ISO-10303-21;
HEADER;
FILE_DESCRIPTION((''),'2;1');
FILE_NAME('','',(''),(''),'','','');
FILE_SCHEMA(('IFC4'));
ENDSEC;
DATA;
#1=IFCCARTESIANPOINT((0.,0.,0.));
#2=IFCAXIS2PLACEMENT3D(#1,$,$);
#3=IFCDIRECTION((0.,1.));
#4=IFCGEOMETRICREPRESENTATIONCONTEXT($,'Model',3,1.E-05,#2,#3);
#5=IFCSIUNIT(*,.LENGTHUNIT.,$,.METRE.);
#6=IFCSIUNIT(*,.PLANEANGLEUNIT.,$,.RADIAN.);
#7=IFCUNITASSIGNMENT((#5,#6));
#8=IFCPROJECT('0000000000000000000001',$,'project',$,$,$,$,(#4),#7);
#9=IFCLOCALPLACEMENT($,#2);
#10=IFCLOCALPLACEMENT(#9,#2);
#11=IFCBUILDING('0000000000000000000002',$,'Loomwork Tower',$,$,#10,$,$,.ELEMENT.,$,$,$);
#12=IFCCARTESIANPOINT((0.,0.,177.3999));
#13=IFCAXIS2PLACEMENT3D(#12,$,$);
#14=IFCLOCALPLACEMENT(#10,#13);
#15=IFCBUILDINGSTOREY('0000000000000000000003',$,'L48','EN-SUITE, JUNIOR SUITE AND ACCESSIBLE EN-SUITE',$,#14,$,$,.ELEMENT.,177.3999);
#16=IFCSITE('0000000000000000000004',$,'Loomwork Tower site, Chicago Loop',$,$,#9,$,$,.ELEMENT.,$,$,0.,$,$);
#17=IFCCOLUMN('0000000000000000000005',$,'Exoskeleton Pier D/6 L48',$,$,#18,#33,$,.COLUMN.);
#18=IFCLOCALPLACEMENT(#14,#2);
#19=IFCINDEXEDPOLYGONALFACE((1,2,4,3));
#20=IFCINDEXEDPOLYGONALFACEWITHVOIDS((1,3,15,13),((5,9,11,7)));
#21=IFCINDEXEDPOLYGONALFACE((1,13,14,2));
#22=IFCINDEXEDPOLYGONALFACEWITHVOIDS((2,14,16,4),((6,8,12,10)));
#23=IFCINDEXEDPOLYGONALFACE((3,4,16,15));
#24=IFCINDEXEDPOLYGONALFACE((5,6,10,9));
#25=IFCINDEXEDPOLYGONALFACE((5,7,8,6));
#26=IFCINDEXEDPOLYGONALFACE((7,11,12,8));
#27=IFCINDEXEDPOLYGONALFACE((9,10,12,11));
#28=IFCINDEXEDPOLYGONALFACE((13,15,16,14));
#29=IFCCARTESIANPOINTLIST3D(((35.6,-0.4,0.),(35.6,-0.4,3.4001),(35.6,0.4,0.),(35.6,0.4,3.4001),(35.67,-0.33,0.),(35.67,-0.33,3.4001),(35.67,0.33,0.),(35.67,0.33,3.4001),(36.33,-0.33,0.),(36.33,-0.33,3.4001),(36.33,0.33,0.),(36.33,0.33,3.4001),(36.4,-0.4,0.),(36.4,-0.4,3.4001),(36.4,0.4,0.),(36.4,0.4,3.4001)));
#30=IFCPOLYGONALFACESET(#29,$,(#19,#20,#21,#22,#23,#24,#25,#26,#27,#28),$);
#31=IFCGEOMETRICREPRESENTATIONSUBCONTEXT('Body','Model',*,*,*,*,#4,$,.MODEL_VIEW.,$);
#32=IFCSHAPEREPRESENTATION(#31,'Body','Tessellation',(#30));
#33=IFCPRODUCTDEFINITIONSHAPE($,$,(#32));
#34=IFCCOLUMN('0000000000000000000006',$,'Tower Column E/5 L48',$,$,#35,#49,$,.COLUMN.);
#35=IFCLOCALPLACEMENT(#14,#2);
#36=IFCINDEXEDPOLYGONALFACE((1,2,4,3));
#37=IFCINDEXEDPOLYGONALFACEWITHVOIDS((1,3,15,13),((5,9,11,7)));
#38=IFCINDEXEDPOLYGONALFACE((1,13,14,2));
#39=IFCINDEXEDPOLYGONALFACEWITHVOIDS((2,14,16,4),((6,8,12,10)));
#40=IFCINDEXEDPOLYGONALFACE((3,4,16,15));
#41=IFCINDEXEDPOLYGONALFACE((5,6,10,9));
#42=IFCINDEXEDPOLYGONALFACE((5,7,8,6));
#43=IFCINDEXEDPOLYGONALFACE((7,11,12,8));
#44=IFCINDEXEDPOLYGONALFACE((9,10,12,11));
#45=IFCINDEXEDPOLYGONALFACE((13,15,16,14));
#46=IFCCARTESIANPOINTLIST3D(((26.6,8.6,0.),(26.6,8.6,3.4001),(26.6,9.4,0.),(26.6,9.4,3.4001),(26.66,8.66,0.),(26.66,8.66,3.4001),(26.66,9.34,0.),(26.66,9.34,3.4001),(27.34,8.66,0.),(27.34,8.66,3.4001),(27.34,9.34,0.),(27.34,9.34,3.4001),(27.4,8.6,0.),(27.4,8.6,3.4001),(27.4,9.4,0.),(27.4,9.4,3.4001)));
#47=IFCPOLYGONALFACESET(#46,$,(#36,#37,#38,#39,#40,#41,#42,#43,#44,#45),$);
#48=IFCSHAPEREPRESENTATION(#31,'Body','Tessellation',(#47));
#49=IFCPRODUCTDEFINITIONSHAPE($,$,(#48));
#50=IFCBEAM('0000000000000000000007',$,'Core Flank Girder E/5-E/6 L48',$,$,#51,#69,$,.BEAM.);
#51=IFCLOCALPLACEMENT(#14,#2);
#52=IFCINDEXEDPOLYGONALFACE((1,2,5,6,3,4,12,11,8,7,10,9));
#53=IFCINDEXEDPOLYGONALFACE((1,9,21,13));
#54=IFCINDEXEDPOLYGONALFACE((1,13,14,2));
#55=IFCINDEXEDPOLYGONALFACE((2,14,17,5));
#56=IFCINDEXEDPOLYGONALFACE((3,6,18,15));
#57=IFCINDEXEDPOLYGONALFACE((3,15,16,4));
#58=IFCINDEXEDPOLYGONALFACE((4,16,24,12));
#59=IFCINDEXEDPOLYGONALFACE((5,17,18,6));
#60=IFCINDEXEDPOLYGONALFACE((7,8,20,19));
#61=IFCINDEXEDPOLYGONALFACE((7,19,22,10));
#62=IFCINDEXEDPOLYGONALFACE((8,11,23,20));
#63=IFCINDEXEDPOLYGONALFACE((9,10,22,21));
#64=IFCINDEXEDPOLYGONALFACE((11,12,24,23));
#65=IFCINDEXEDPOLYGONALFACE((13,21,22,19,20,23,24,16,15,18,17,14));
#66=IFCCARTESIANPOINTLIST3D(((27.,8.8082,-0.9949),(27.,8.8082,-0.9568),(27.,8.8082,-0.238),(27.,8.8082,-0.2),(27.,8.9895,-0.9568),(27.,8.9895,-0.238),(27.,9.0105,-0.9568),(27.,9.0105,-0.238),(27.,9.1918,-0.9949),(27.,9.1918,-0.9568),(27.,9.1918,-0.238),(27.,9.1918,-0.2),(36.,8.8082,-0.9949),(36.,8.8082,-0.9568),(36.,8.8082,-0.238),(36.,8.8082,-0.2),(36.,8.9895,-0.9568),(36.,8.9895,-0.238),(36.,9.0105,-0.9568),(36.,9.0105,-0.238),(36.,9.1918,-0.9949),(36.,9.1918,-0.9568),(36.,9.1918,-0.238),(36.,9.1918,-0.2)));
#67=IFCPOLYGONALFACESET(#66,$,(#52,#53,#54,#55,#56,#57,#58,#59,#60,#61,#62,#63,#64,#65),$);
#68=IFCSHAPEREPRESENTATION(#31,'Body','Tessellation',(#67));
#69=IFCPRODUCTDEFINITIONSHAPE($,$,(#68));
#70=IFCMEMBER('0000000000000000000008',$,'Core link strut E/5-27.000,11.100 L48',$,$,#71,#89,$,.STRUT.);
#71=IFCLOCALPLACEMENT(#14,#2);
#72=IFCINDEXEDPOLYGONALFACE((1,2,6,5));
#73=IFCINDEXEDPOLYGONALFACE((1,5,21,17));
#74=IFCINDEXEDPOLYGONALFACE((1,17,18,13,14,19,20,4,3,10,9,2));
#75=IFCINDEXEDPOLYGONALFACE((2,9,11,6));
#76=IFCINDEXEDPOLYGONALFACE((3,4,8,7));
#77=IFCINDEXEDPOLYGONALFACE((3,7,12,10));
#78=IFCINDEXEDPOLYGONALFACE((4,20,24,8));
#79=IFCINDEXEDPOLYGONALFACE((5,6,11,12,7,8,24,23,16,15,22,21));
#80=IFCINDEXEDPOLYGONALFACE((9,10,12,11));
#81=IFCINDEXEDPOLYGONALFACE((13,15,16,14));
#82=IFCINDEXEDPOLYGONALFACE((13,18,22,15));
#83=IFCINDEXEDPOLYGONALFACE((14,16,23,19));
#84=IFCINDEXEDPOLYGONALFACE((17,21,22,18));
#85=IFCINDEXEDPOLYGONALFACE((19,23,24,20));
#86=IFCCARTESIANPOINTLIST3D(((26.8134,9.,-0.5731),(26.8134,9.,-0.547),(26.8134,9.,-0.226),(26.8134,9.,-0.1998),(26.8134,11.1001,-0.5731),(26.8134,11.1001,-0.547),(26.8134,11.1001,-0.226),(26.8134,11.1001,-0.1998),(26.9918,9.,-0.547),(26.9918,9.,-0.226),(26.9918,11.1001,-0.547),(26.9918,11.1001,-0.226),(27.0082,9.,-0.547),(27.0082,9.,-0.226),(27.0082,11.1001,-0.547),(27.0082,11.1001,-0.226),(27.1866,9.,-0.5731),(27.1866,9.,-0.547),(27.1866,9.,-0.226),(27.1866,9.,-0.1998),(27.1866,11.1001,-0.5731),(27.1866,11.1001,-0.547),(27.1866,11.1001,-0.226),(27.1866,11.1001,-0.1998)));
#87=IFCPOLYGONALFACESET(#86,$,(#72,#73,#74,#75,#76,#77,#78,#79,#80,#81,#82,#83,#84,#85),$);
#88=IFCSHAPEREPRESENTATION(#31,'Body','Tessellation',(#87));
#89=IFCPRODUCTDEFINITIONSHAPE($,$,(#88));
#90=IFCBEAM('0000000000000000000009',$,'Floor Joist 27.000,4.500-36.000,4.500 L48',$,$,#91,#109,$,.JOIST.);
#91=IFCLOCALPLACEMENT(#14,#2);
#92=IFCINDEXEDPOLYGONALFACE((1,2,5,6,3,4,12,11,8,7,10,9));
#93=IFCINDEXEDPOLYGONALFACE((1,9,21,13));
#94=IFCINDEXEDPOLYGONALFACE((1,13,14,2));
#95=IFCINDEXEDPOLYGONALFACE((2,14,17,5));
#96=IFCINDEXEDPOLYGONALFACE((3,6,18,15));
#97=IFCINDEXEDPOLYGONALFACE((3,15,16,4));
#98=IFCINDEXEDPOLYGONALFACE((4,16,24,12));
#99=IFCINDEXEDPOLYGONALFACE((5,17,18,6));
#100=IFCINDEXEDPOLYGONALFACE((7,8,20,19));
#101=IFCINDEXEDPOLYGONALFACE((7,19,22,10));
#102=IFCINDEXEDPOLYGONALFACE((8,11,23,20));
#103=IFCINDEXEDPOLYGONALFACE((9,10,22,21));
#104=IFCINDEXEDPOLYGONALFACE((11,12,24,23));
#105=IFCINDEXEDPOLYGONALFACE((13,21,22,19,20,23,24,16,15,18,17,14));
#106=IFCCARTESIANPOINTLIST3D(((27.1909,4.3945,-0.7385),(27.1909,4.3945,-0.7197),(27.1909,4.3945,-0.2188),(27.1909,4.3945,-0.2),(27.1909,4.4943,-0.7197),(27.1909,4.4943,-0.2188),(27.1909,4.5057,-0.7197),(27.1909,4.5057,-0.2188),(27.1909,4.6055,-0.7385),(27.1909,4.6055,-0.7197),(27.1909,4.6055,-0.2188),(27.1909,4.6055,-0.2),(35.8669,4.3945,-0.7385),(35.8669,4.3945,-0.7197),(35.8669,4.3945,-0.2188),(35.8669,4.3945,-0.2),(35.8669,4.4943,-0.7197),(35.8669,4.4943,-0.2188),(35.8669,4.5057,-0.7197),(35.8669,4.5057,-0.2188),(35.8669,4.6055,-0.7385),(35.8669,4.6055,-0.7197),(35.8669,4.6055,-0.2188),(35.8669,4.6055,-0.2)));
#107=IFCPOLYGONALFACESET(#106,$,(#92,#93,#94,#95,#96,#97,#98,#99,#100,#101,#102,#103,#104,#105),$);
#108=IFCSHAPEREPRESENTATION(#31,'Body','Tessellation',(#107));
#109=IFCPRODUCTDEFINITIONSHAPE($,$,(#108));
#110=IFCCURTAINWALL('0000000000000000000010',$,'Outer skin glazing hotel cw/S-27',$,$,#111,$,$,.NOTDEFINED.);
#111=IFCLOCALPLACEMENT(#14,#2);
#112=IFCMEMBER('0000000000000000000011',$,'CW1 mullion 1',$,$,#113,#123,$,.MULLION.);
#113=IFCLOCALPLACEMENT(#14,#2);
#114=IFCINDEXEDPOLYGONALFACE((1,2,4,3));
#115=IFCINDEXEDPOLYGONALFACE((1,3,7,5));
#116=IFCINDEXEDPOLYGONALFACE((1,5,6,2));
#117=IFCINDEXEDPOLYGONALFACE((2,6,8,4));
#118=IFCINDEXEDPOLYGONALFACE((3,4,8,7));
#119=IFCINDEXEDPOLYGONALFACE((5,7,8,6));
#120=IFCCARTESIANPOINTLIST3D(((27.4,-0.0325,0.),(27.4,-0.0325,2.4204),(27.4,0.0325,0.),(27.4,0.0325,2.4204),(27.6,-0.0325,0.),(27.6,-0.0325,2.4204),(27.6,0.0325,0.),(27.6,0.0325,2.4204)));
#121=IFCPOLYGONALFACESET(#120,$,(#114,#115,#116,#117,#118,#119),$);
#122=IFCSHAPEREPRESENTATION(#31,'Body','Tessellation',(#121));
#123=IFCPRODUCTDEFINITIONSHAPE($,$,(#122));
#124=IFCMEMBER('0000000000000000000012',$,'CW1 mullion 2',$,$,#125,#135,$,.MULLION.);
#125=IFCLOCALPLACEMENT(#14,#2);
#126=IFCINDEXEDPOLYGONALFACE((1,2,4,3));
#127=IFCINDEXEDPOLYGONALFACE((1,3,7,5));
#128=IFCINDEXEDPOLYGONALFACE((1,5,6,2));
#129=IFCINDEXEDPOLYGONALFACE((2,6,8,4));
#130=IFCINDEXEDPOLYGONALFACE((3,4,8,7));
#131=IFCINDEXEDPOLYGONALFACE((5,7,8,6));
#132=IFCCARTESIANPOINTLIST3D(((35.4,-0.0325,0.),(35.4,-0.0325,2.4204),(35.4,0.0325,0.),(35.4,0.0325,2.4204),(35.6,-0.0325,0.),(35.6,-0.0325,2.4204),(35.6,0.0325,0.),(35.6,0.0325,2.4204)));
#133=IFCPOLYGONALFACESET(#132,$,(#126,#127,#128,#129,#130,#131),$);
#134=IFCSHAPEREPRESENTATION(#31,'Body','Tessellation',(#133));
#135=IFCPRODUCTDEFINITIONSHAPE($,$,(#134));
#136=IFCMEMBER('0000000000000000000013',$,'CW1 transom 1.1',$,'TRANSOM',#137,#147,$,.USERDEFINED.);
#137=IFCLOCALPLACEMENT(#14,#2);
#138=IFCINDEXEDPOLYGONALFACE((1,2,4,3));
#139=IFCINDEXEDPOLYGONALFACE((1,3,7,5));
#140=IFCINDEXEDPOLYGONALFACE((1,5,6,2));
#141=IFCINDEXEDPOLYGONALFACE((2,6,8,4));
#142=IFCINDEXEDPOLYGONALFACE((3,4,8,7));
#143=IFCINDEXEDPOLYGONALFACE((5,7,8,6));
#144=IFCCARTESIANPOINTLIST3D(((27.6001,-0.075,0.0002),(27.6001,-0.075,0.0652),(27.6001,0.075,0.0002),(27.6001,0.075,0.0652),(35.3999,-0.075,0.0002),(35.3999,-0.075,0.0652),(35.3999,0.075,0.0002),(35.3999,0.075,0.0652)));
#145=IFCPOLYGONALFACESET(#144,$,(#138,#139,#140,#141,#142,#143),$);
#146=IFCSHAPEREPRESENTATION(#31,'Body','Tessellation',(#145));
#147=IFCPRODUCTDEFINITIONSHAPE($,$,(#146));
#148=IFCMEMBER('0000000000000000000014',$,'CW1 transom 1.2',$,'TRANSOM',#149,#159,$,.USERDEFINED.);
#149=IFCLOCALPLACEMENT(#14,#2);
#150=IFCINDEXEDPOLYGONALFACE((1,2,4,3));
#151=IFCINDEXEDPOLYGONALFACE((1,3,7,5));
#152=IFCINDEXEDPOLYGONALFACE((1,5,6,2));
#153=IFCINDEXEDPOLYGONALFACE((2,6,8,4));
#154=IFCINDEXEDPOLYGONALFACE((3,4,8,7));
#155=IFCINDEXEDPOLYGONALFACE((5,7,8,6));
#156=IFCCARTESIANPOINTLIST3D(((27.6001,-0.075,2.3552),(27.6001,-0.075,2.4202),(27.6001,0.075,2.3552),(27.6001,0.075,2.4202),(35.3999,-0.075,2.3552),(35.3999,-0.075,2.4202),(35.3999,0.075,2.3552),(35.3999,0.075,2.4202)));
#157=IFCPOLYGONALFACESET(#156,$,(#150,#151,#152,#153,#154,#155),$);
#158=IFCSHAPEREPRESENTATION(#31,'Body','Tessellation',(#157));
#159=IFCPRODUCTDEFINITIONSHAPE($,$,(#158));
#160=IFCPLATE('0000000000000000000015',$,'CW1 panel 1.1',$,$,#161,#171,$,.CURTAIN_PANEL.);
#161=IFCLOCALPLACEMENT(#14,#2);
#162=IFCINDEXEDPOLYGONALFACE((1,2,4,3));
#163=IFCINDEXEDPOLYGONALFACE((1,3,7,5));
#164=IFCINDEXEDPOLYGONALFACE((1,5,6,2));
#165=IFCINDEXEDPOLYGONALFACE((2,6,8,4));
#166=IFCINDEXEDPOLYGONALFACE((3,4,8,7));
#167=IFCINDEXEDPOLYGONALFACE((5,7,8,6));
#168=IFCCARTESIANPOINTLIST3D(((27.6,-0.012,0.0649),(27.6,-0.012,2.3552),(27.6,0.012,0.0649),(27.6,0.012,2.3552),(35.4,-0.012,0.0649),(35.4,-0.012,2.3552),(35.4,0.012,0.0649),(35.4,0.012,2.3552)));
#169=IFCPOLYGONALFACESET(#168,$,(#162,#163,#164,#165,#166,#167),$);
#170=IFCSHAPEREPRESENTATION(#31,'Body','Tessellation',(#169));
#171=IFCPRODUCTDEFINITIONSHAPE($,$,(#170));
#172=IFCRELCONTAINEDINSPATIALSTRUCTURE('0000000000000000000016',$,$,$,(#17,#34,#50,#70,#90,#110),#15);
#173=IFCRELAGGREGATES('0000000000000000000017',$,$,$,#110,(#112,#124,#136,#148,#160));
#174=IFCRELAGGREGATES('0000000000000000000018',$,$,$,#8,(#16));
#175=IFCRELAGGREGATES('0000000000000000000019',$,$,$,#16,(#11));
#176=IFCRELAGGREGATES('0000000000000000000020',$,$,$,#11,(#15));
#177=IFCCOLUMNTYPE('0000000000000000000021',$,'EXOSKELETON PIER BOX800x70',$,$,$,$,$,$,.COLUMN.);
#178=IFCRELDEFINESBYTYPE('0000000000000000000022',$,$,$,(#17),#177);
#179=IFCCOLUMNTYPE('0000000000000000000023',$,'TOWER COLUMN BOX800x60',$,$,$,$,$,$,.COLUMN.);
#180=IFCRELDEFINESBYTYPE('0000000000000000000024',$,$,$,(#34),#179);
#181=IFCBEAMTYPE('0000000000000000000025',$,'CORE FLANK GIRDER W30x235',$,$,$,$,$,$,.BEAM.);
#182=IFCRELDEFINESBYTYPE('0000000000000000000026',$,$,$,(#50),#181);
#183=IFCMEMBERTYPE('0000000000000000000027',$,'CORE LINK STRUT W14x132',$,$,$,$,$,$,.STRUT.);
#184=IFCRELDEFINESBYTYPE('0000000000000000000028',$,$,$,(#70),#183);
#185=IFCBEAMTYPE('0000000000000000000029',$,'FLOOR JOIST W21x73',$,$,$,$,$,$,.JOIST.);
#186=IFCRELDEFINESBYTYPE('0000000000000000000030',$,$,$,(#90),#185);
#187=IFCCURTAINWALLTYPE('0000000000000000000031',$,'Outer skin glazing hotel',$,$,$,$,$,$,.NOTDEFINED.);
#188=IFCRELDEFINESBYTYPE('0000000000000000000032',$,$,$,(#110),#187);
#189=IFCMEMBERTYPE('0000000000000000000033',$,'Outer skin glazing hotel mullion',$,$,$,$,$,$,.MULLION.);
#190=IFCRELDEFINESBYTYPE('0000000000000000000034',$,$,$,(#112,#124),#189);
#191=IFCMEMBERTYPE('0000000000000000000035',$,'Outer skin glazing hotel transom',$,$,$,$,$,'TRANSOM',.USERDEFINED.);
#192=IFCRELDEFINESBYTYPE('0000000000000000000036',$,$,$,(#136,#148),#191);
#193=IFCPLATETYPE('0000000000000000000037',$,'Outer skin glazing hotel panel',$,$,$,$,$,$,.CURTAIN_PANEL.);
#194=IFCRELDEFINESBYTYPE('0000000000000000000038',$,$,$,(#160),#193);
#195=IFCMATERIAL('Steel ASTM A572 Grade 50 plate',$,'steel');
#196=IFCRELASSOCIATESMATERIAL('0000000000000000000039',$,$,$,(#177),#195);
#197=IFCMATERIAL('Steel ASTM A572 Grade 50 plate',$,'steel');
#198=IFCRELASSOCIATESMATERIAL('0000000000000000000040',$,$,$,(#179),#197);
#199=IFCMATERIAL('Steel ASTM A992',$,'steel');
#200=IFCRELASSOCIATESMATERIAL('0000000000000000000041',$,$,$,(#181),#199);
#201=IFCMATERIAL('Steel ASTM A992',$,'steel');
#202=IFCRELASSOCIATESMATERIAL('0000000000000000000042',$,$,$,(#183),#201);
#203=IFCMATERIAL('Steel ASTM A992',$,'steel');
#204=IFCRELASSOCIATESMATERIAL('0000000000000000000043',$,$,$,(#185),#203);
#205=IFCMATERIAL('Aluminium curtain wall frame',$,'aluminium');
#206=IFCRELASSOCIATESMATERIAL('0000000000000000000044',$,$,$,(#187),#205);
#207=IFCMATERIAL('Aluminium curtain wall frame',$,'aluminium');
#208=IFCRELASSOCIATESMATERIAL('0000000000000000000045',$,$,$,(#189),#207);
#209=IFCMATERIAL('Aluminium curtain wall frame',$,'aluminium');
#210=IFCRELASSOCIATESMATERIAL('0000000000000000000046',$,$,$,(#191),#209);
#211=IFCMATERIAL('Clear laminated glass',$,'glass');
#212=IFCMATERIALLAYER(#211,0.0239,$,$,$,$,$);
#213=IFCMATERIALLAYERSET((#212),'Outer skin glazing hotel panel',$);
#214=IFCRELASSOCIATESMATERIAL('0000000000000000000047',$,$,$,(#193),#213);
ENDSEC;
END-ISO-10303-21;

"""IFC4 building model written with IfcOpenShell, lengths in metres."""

from ifc_helpers import new_model, si_unit, direction, frame, origin, origin_2d, place, context, subcontext, project, spatial, rectangle, hollow_rectangle, i_section, extrude, material, layer, layer_set, material_profile, profile_set, type_object, element, aggregate, save


model = new_model("IFC4")

# Units and contexts
model_context = context("Model", 3, precision=1e-05, world=origin(), true_north=direction((0.0, 1.0)))
body_context = subcontext(model_context, "Body", "Model", "MODEL_VIEW")
ifc_project = project(units=[si_unit("LENGTHUNIT", "METRE"), si_unit("PLANEANGLEUNIT", "RADIAN")], contexts=[model_context])

# Site, building, storey
site_placement = place(None, origin())
site = spatial("IfcSite", under=ifc_project, at=site_placement, Name="Loomwork Tower site, Chicago Loop", CompositionType="ELEMENT", RefElevation=0.0)
building_placement = place(site_placement, origin())
building = spatial("IfcBuilding", under=site, at=building_placement, Name="Loomwork Tower", CompositionType="ELEMENT")
storey_placement = place(building_placement, frame((0.0, 0.0, 177.3999)))
storey = spatial("IfcBuildingStorey", under=building, at=storey_placement, Name="L48", Description="EN-SUITE, JUNIOR SUITE AND ACCESSIBLE EN-SUITE", CompositionType="ELEMENT", Elevation=177.3999)

# Columns
ifc_material_1 = material(Name="Steel ASTM A572 Grade 50 plate", Category="steel")
ifc_material_profile_1 = material_profile(ifc_material_1, hollow_rectangle(XDim=0.8, YDim=0.8, WallThickness=0.0701, at=origin_2d()), Name="BOX800x70")
ifc_profile_set_1 = profile_set([ifc_material_profile_1], Name="Steel ASTM A572 Grade 50 plate")
column_type_1 = type_object("IfcColumnType", Name="EXOSKELETON PIER BOX800x70", PredefinedType="COLUMN", material=ifc_profile_set_1)
column_1_placement = place(storey_placement, frame((36.0, 0.0, 0.0), z_axis=(0.0, 0.0, 1.0), x_axis=(1.0, 0.0, 0.0)))
element("IfcColumn", 1, at=column_1_placement, inside=storey, type_object=column_type_1, Name="Exoskeleton Pier D/6 L48", PredefinedType="COLUMN", context=body_context, shape_type="SweptSolid", body=[
    extrude(hollow_rectangle(XDim=0.8, YDim=0.8, WallThickness=0.0701, at=origin_2d()), origin(), (0.0, 0.0, 1.0), 3.4001),
])
ifc_material_2 = material(Name="Steel ASTM A572 Grade 50 plate", Category="steel")
ifc_material_profile_2 = material_profile(ifc_material_2, hollow_rectangle(XDim=0.8, YDim=0.8, WallThickness=0.0601, at=origin_2d()), Name="BOX800x60")
ifc_profile_set_2 = profile_set([ifc_material_profile_2], Name="Steel ASTM A572 Grade 50 plate")
column_type_2 = type_object("IfcColumnType", Name="TOWER COLUMN BOX800x60", PredefinedType="COLUMN", material=ifc_profile_set_2)
column_2_placement = place(storey_placement, frame((27.0, 9.0, 0.0), z_axis=(0.0, 0.0, 1.0), x_axis=(1.0, 0.0, 0.0)))
element("IfcColumn", 2, at=column_2_placement, inside=storey, type_object=column_type_2, Name="Tower Column E/5 L48", PredefinedType="COLUMN", context=body_context, shape_type="SweptSolid", body=[
    extrude(hollow_rectangle(XDim=0.8, YDim=0.8, WallThickness=0.0601, at=origin_2d()), origin(), (0.0, 0.0, 1.0), 3.4001),
])

# Beam
ifc_material_3 = material(Name="Steel ASTM A992", Category="steel")
ifc_material_profile_3 = material_profile(ifc_material_3, i_section(OverallWidth=0.3835, OverallDepth=0.7949, WebThickness=0.021, FlangeThickness=0.0381, at=origin_2d()), Name="W30x235")
ifc_profile_set_3 = profile_set([ifc_material_profile_3], Name="Steel ASTM A992")
beam_type_1 = type_object("IfcBeamType", Name="CORE FLANK GIRDER W30x235", PredefinedType="BEAM", material=ifc_profile_set_3)
beam_1_placement = place(storey_placement, frame((27.0, 9.0, -0.5974), z_axis=(1.0, 0.0, 0.0), x_axis=(0.0, 1.0, 0.0)))
element("IfcBeam", 3, at=beam_1_placement, inside=storey, type_object=beam_type_1, Name="Core Flank Girder E/5-E/6 L48", PredefinedType="BEAM", context=body_context, shape_type="SweptSolid", body=[
    extrude(i_section(OverallWidth=0.3835, OverallDepth=0.7949, WebThickness=0.021, FlangeThickness=0.0381, at=origin_2d()), origin(), (0.0, 0.0, 1.0), 9.0),
])

# Member
ifc_material_4 = material(Name="Steel ASTM A992", Category="steel")
ifc_material_profile_4 = material_profile(ifc_material_4, i_section(OverallWidth=0.3733, OverallDepth=0.3733, WebThickness=0.0164, FlangeThickness=0.0261, at=origin_2d()), Name="W14x132")
ifc_profile_set_4 = profile_set([ifc_material_profile_4], Name="Steel ASTM A992")
member_type_1 = type_object("IfcMemberType", Name="CORE LINK STRUT W14x132", PredefinedType="STRUT", material=ifc_profile_set_4)
member_1_placement = place(storey_placement, frame((27.0, 9.0, -0.3865), z_axis=(0.0, 1.0, 0.0), x_axis=(-1.0, 0.0, 0.0)))
element("IfcMember", 4, at=member_1_placement, inside=storey, type_object=member_type_1, Name="Core link strut E/5-27.000,11.100 L48", PredefinedType="STRUT", context=body_context, shape_type="SweptSolid", body=[
    extrude(i_section(OverallWidth=0.3733, OverallDepth=0.3733, WebThickness=0.0164, FlangeThickness=0.0261, at=origin_2d()), origin(), (0.0, 0.0, 1.0), 2.1001),
])

# Beam
ifc_material_5 = material(Name="Steel ASTM A992", Category="steel")
ifc_material_profile_5 = material_profile(ifc_material_5, i_section(OverallWidth=0.2109, OverallDepth=0.5386, WebThickness=0.0115, FlangeThickness=0.0188, at=origin_2d()), Name="W21x73")
ifc_profile_set_5 = profile_set([ifc_material_profile_5], Name="Steel ASTM A992")
beam_type_2 = type_object("IfcBeamType", Name="FLOOR JOIST W21x73", PredefinedType="JOIST", material=ifc_profile_set_5)
beam_2_placement = place(storey_placement, frame((27.1909, 4.5, -0.4692), z_axis=(1.0, 0.0, 0.0), x_axis=(0.0, 1.0, 0.0)))
element("IfcBeam", 5, at=beam_2_placement, inside=storey, type_object=beam_type_2, Name="Floor Joist 27.000,4.500-36.000,4.500 L48", PredefinedType="JOIST", context=body_context, shape_type="SweptSolid", body=[
    extrude(i_section(OverallWidth=0.2109, OverallDepth=0.5386, WebThickness=0.0115, FlangeThickness=0.0188, at=origin_2d()), origin(), (0.0, 0.0, 1.0), 8.676),
])

# Curtain wall, members, plate
ifc_material_6 = material(Name="Aluminium curtain wall frame", Category="aluminium")
curtain_wall_type = type_object("IfcCurtainWallType", Name="Outer skin glazing hotel", PredefinedType="NOTDEFINED", material=ifc_material_6)
curtain_wall_placement = place(storey_placement, origin())
curtain_wall = element("IfcCurtainWall", 6, at=curtain_wall_placement, inside=storey, type_object=curtain_wall_type, Name="Outer skin glazing hotel cw/S-27", PredefinedType="NOTDEFINED")
ifc_material_7 = material(Name="Aluminium curtain wall frame", Category="aluminium")
ifc_material_profile_6 = material_profile(ifc_material_7, rectangle(XDim=0.0649, YDim=0.2, at=origin_2d()), Name="AL 65x200")
ifc_profile_set_6 = profile_set([ifc_material_profile_6], Name="Aluminium curtain wall frame")
member_type_2 = type_object("IfcMemberType", Name="Outer skin glazing hotel mullion", PredefinedType="MULLION", material=ifc_profile_set_6)
member_2_placement = place(storey_placement, frame((27.5, 0.0, 0.0), z_axis=(0.0, 0.0, 1.0), x_axis=(0.0, 1.0, 0.0)))
member_2 = element("IfcMember", 7, at=member_2_placement, type_object=member_type_2, Name="CW1 mullion 1", PredefinedType="MULLION", context=body_context, shape_type="SweptSolid", body=[
    extrude(rectangle(XDim=0.0649, YDim=0.2, at=origin_2d()), origin(), (0.0, 0.0, 1.0), 2.4204),
])
member_3_placement = place(storey_placement, frame((35.5, 0.0, 0.0), z_axis=(0.0, 0.0, 1.0), x_axis=(0.0, 1.0, 0.0)))
member_3 = element("IfcMember", 8, at=member_3_placement, type_object=member_type_2, Name="CW1 mullion 2", PredefinedType="MULLION", context=body_context, shape_type="SweptSolid", body=[
    extrude(rectangle(XDim=0.0649, YDim=0.2, at=origin_2d()), origin(), (0.0, 0.0, 1.0), 2.4204),
])
ifc_material_8 = material(Name="Aluminium curtain wall frame", Category="aluminium")
ifc_material_profile_7 = material_profile(ifc_material_8, rectangle(XDim=0.1499, YDim=0.0649, at=origin_2d()), Name="AL 65x150")
ifc_profile_set_7 = profile_set([ifc_material_profile_7], Name="Aluminium curtain wall frame")
member_type_3 = type_object("IfcMemberType", Name="Outer skin glazing hotel transom", ElementType="TRANSOM", PredefinedType="USERDEFINED", material=ifc_profile_set_7)
member_4_placement = place(storey_placement, frame((27.6001, 0.0, 0.0327), z_axis=(1.0, 0.0, 0.0), x_axis=(0.0, 1.0, 0.0)))
member_4 = element("IfcMember", 9, at=member_4_placement, type_object=member_type_3, Name="CW1 transom 1.1", ObjectType="TRANSOM", PredefinedType="USERDEFINED", context=body_context, shape_type="SweptSolid", body=[
    extrude(rectangle(XDim=0.1499, YDim=0.0649, at=origin_2d()), origin(), (0.0, 0.0, 1.0), 7.7998),
])
member_5_placement = place(storey_placement, frame((27.6001, 0.0, 2.3877), z_axis=(1.0, 0.0, 0.0), x_axis=(0.0, 1.0, 0.0)))
member_5 = element("IfcMember", 10, at=member_5_placement, type_object=member_type_3, Name="CW1 transom 1.2", ObjectType="TRANSOM", PredefinedType="USERDEFINED", context=body_context, shape_type="SweptSolid", body=[
    extrude(rectangle(XDim=0.1499, YDim=0.0649, at=origin_2d()), origin(), (0.0, 0.0, 1.0), 7.7998),
])
ifc_material_9 = material(Name="Clear laminated glass", Category="glass")
ifc_layer_1 = layer(ifc_material_9, 0.0239)
ifc_layer_set_1 = layer_set([ifc_layer_1], Name="Outer skin glazing hotel panel")
plate_type = type_object("IfcPlateType", Name="Outer skin glazing hotel panel", PredefinedType="CURTAIN_PANEL", material=ifc_layer_set_1)
plate_placement = place(storey_placement, frame((31.5, 0.0, 0.0649), z_axis=(0.0, 0.0, 1.0), x_axis=(1.0, 0.0, 0.0)))
plate = element("IfcPlate", 11, at=plate_placement, type_object=plate_type, Name="CW1 panel 1.1", PredefinedType="CURTAIN_PANEL", context=body_context, shape_type="SweptSolid", body=[
    extrude(rectangle(XDim=7.8, YDim=0.0239, at=origin_2d()), origin(), (0.0, 0.0, 1.0), 2.2903),
])
aggregate(curtain_wall, [member_2, member_3, member_4, member_5, plate])

save(model, "model.ifc")
